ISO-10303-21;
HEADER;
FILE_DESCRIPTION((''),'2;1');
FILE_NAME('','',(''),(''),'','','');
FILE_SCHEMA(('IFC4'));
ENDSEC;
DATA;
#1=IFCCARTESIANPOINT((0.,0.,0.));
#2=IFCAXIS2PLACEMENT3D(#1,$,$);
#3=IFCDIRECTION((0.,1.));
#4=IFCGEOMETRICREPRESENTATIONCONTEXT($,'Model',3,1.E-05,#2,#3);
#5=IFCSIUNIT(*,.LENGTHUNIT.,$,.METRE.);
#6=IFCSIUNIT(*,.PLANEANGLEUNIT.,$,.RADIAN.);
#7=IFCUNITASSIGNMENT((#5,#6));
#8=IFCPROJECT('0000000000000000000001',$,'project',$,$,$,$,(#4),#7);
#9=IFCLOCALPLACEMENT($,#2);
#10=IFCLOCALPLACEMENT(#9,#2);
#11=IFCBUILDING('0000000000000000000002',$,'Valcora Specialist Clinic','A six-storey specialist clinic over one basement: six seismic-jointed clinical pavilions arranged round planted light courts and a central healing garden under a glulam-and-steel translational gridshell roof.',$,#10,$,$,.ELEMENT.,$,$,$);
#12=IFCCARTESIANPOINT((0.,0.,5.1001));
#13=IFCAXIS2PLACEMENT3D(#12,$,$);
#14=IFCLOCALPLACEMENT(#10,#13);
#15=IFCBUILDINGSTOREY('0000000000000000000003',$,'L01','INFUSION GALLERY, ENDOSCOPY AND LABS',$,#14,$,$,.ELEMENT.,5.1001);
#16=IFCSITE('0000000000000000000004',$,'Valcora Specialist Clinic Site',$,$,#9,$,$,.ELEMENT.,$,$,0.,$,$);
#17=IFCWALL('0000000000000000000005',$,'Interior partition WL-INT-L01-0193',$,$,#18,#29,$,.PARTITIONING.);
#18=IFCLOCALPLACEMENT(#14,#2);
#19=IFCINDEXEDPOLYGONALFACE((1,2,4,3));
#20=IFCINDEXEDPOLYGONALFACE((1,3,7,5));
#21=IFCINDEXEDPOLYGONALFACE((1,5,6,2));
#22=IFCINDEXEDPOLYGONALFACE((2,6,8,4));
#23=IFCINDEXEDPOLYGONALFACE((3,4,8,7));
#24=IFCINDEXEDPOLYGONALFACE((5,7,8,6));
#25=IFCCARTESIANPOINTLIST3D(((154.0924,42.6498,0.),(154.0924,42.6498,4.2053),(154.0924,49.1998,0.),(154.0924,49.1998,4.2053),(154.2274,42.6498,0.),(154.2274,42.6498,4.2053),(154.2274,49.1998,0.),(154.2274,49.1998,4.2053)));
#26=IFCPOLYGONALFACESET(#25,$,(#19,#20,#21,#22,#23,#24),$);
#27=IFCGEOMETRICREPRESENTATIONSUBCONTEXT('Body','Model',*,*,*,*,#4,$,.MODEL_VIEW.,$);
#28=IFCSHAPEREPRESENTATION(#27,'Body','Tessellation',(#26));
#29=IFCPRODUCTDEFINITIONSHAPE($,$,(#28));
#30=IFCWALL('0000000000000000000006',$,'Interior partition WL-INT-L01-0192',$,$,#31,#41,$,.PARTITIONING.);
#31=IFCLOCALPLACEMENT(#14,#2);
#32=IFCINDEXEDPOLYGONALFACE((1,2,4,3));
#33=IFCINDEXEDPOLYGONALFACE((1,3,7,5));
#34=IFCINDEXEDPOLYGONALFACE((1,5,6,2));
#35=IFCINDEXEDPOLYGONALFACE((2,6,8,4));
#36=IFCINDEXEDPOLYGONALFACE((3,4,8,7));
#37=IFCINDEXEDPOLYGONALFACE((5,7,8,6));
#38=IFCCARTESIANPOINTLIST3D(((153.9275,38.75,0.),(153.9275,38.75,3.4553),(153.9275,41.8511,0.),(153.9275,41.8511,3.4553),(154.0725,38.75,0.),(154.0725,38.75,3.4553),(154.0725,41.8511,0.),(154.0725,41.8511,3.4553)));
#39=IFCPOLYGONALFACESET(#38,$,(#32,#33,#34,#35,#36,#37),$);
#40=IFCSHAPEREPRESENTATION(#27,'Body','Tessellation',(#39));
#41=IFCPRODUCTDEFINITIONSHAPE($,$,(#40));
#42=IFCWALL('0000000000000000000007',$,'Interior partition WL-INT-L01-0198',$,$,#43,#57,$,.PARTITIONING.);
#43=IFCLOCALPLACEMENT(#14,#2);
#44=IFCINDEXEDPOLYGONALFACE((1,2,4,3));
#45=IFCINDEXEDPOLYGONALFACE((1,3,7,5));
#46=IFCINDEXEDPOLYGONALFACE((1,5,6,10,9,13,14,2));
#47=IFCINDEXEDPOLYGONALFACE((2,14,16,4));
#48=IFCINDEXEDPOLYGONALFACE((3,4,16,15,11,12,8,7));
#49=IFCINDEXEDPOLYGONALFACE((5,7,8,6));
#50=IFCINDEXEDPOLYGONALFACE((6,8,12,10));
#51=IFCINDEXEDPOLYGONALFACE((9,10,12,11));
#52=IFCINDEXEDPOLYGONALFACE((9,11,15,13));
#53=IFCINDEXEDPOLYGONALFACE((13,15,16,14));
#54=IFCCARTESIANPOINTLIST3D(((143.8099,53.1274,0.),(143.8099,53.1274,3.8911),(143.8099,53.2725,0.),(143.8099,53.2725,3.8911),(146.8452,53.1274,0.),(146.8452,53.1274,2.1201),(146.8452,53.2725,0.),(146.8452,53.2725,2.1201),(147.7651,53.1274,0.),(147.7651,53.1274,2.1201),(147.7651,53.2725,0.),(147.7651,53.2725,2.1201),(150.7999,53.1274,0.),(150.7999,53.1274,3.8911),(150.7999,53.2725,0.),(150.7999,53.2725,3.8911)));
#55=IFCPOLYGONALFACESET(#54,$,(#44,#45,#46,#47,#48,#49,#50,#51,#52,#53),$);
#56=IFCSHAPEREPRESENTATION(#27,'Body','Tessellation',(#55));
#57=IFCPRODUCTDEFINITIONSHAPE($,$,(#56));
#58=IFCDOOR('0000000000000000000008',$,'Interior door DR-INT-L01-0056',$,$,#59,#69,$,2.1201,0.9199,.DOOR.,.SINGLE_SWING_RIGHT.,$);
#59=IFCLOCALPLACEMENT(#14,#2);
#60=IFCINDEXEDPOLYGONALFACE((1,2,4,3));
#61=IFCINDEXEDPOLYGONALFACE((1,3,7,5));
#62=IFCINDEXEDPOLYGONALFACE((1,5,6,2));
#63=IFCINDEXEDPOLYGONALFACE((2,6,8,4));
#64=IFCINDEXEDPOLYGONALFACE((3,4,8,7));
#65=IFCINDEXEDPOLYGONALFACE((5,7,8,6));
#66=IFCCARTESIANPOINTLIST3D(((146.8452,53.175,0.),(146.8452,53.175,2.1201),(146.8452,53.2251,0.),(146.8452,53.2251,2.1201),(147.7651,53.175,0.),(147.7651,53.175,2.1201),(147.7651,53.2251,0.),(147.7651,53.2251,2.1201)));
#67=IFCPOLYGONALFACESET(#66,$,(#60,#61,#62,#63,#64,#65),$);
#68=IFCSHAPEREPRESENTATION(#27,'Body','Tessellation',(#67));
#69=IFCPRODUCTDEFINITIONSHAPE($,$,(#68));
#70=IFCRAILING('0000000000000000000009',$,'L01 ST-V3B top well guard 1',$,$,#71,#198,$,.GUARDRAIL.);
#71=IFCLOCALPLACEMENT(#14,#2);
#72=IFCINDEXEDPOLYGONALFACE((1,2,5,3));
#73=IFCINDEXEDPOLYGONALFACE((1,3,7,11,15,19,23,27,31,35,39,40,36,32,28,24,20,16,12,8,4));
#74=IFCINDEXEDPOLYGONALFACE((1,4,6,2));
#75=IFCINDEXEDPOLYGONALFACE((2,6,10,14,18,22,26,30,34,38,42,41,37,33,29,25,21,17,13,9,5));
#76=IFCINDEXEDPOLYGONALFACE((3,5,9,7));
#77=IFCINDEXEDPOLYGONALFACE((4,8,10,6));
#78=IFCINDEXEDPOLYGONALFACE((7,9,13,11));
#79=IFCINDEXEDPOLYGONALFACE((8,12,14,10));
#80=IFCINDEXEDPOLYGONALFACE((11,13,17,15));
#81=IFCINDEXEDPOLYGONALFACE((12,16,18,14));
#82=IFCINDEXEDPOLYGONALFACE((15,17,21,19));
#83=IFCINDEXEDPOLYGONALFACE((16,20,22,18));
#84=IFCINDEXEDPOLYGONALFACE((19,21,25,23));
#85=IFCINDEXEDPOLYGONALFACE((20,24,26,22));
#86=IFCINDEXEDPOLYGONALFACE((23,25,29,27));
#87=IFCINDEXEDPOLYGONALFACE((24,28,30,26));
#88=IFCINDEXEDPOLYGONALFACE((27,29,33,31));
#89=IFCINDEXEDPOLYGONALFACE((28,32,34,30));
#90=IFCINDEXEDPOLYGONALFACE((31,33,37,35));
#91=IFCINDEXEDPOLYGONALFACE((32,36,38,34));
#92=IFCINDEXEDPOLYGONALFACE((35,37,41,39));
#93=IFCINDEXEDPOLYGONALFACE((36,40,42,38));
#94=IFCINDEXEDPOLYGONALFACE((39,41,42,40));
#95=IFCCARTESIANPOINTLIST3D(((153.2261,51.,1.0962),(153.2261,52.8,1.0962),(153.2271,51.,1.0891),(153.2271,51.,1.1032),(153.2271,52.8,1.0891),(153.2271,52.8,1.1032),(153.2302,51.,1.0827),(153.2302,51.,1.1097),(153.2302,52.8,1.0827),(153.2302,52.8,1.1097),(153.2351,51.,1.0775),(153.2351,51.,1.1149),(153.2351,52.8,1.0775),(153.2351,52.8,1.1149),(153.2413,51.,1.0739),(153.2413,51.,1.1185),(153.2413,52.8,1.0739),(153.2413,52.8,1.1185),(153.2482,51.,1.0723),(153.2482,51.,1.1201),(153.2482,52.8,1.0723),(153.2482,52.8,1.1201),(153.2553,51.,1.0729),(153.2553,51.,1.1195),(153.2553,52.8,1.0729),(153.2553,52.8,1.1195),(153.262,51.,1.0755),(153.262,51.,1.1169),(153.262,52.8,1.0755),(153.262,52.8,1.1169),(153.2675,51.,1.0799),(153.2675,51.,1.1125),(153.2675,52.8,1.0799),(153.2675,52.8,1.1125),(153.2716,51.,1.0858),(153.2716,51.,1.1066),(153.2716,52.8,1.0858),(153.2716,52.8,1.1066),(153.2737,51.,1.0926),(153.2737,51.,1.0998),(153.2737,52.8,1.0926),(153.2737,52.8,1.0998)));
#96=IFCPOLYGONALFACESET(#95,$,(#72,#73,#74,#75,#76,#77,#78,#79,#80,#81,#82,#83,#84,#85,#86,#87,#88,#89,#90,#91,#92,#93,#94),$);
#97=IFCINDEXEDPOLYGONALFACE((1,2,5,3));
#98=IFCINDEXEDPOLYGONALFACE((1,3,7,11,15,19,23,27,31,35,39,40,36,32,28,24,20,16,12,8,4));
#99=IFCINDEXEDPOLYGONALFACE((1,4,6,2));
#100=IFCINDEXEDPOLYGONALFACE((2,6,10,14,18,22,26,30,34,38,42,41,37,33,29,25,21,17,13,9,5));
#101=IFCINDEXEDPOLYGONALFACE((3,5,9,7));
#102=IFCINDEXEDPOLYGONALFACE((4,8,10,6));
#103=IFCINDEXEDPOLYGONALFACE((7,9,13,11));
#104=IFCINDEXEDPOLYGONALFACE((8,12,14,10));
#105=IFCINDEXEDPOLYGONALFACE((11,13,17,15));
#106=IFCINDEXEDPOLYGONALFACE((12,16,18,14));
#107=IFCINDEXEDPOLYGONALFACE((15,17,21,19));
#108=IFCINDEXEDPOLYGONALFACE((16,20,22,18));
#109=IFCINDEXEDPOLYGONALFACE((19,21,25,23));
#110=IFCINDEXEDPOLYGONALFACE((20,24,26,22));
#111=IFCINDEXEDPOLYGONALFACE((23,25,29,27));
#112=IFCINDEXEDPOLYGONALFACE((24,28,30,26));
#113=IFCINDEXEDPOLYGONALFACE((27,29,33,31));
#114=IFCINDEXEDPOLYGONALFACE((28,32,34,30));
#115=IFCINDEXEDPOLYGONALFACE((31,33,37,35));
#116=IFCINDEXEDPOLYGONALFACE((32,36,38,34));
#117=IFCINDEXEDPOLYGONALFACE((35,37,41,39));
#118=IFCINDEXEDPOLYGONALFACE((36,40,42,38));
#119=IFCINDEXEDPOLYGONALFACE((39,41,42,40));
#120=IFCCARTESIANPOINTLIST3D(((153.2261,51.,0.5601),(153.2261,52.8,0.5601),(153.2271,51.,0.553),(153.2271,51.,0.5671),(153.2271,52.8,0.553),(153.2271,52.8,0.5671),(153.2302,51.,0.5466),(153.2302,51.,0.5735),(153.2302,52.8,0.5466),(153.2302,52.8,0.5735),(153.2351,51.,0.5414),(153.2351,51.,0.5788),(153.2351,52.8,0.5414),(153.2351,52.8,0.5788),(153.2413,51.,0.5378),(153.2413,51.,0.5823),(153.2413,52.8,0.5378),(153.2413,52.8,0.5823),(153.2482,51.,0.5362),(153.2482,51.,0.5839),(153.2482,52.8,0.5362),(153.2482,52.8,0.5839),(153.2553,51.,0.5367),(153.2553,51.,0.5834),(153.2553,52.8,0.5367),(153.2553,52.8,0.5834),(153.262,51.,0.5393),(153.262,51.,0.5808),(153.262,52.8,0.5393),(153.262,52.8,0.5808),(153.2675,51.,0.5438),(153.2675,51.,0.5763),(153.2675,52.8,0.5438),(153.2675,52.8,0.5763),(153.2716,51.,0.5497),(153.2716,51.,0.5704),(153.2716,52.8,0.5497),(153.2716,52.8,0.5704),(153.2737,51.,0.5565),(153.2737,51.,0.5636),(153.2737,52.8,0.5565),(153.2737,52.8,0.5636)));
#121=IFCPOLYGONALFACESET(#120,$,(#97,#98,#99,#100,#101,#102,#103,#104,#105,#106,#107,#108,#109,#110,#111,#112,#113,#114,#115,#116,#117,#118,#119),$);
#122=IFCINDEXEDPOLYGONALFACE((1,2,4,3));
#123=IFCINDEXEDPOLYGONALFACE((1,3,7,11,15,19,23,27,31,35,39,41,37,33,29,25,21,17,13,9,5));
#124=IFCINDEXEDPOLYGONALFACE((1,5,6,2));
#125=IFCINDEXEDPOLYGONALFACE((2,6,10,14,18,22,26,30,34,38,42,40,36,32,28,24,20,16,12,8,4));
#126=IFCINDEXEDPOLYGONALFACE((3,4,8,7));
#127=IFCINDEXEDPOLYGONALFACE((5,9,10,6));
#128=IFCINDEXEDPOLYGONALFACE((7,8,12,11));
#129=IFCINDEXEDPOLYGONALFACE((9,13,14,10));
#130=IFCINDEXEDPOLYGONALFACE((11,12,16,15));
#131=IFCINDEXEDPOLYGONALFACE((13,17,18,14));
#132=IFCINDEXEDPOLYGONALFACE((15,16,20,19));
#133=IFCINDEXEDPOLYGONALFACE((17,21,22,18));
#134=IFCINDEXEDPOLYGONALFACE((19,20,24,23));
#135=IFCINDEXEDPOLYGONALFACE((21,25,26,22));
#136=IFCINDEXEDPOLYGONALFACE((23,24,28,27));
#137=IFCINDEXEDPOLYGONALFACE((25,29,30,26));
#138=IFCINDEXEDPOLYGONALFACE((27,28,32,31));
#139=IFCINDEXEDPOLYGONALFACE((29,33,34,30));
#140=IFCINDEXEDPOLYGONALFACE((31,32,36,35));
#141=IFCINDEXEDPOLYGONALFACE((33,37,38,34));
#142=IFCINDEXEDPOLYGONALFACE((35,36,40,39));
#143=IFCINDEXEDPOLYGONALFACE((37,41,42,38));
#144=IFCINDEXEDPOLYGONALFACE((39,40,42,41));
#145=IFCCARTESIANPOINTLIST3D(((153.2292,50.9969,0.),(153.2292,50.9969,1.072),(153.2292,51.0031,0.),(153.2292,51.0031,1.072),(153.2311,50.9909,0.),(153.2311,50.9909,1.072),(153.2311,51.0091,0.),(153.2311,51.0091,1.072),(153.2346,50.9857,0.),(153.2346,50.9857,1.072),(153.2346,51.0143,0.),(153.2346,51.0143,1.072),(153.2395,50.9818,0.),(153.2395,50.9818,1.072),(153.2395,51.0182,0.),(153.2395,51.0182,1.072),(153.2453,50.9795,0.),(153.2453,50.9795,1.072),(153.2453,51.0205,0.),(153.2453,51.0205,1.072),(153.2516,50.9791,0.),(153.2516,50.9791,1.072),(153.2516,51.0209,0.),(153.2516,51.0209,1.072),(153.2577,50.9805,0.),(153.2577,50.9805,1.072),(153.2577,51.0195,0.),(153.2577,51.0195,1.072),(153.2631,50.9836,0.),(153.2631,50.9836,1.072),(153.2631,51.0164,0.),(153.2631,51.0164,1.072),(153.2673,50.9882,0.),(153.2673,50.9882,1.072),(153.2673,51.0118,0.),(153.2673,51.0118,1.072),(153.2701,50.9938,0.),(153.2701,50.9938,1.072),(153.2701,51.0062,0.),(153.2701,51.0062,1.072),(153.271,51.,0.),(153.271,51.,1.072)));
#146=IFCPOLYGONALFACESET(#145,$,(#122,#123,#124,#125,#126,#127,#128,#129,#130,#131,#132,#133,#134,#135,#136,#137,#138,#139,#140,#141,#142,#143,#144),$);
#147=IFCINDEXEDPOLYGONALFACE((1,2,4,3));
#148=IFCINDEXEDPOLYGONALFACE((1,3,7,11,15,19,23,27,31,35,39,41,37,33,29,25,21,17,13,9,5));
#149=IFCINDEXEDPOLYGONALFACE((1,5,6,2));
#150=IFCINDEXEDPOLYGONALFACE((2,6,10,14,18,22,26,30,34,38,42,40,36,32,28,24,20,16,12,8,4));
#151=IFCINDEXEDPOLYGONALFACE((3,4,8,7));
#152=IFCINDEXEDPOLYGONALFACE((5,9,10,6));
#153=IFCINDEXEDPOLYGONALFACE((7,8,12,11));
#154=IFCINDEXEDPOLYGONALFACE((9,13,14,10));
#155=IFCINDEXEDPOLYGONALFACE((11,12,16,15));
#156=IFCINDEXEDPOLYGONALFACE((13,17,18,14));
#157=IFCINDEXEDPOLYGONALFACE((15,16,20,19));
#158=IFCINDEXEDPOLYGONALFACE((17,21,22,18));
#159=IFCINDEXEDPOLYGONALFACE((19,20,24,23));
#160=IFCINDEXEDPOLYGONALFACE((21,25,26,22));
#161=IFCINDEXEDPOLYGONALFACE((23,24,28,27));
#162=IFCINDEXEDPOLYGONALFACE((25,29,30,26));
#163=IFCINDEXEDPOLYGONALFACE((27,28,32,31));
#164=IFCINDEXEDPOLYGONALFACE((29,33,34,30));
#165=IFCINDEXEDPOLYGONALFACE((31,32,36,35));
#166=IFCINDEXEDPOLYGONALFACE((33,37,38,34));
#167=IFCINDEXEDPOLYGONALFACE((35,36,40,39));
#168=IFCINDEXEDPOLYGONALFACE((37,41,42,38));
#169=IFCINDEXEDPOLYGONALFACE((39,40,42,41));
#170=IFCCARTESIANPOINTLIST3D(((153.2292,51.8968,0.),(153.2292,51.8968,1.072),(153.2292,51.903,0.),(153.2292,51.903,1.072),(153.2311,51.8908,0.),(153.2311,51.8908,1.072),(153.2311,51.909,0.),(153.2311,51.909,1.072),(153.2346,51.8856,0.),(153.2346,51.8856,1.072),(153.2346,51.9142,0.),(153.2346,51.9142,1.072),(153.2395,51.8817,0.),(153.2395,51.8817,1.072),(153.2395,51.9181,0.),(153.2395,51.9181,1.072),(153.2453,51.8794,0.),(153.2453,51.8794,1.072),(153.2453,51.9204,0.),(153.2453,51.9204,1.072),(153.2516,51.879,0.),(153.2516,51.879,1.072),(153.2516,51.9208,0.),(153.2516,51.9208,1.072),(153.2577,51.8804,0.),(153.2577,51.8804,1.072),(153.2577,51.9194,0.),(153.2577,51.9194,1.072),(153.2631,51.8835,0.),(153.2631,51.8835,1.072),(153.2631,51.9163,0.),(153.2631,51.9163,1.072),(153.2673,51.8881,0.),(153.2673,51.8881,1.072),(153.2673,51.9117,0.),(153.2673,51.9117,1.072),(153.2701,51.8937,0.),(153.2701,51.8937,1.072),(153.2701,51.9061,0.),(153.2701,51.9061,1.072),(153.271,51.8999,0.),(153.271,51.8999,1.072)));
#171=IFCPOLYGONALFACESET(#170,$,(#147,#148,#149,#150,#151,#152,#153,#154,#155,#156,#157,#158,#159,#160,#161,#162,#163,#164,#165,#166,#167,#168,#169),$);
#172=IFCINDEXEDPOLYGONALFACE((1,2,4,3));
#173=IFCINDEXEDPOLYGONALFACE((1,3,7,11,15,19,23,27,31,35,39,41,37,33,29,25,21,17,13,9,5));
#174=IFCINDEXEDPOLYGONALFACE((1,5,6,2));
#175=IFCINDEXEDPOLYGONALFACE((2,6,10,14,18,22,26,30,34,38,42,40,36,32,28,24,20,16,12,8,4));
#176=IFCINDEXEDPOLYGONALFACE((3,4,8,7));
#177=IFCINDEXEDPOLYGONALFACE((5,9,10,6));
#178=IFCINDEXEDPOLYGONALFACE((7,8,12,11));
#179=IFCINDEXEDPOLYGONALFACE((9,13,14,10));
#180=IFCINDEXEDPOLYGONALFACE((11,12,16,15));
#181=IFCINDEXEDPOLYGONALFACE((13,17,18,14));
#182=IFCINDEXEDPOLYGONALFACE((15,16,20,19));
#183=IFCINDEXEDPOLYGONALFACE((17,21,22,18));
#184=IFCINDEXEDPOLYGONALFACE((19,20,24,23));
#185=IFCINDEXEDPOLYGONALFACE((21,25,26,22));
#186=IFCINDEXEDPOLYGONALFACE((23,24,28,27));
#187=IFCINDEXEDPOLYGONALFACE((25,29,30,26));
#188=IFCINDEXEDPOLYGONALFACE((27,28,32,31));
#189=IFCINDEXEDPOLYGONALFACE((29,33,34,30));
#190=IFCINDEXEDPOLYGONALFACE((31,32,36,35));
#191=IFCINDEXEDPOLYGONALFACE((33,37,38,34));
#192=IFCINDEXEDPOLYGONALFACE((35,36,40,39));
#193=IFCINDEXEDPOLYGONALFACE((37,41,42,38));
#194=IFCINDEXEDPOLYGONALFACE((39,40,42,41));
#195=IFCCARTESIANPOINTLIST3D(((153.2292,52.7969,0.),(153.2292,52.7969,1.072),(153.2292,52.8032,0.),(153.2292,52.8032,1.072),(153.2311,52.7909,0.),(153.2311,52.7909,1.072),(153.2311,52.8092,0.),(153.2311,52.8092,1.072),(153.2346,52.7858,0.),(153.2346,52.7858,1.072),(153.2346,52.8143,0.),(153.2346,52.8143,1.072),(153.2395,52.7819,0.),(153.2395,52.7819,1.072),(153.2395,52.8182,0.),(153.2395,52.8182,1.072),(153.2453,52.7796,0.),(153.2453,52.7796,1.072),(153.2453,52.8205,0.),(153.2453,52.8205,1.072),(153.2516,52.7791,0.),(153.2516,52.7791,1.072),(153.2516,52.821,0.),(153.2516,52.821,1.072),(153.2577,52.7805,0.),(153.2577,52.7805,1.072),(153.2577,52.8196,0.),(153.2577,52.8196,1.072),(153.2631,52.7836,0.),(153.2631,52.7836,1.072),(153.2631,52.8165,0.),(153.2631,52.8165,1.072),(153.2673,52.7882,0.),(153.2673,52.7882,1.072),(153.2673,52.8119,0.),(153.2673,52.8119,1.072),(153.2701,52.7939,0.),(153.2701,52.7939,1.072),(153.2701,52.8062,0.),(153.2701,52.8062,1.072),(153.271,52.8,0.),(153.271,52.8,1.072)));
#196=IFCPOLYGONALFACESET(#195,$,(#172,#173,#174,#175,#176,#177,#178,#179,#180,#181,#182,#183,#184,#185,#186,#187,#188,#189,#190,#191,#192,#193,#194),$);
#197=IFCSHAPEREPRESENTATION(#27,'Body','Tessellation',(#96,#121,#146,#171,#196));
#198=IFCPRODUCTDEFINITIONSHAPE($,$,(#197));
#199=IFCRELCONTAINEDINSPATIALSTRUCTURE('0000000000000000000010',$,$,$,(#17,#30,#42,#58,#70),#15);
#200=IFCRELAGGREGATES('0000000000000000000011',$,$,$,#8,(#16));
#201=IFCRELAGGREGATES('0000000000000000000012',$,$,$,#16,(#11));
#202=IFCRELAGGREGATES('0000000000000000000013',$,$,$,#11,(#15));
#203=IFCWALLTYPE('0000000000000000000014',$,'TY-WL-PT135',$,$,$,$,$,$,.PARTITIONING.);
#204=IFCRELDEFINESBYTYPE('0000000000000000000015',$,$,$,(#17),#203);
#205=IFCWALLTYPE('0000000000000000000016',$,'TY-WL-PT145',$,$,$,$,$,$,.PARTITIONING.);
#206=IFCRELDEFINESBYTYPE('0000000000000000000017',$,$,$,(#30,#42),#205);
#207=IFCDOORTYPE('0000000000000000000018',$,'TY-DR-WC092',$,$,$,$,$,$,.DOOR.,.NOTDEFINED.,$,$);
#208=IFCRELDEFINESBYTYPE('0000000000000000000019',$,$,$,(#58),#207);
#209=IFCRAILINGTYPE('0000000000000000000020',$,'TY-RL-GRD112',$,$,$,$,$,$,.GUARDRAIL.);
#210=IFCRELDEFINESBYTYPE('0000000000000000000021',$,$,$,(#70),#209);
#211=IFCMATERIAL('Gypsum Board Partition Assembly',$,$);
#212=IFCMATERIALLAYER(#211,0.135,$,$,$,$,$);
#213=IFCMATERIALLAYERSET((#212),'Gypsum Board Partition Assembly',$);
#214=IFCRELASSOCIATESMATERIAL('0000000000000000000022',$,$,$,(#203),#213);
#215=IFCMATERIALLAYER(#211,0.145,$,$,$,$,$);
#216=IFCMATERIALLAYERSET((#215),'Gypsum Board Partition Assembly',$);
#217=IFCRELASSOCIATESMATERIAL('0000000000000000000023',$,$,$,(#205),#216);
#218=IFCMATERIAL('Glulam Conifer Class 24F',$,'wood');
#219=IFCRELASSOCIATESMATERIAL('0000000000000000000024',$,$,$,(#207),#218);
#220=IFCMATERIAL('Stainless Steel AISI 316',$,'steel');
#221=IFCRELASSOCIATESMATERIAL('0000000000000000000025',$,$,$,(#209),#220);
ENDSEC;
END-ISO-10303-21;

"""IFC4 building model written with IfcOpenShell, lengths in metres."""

from ifc_helpers import new_model, si_unit, direction, frame, frame_2d, origin, origin_2d, place, context, subcontext, project, spatial, rectangle, circle, extrude, material, layer, layer_set, type_object, element, fill, save


model = new_model("IFC4")

# Units and contexts
model_context = context("Model", 3, precision=1e-05, world=origin(), true_north=direction((0.0, 1.0)))
body_context = subcontext(model_context, "Body", "Model", "MODEL_VIEW")
ifc_project = project(units=[si_unit("LENGTHUNIT", "METRE"), si_unit("PLANEANGLEUNIT", "RADIAN")], contexts=[model_context])

# Site, building, storey
site_placement = place(None, origin())
site = spatial("IfcSite", under=ifc_project, at=site_placement, Name="Valcora Specialist Clinic Site", CompositionType="ELEMENT", RefElevation=0.0)
building_placement = place(site_placement, origin())
building = spatial("IfcBuilding", under=site, at=building_placement, Name="Valcora Specialist Clinic", Description="A six-storey specialist clinic over one basement: six seismic-jointed clinical pavilions arranged round planted light courts and a central healing garden under a glulam-and-steel translational gridshell roof.", CompositionType="ELEMENT")
storey_placement = place(building_placement, frame((0.0, 0.0, 5.1001)))
storey = spatial("IfcBuildingStorey", under=building, at=storey_placement, Name="L01", Description="INFUSION GALLERY, ENDOSCOPY AND LABS", CompositionType="ELEMENT", Elevation=5.1001)

# Walls
ifc_material_1 = material(Name="Gypsum Board Partition Assembly")
ifc_layer_1 = layer(ifc_material_1, 0.135)
ifc_layer_set_1 = layer_set([ifc_layer_1], Name="Gypsum Board Partition Assembly")
wall_type_1 = type_object("IfcWallType", Name="TY-WL-PT135", PredefinedType="PARTITIONING", material=ifc_layer_set_1)
wall_1_placement = place(storey_placement, frame((154.1599, 42.6499, 0.0), z_axis=(0.0, 0.0, 1.0), x_axis=(0.0, 1.0, 0.0)))
element("IfcWall", 1, at=wall_1_placement, inside=storey, type_object=wall_type_1, Name="Interior partition WL-INT-L01-0193", PredefinedType="PARTITIONING", context=body_context, shape_type="SweptSolid", body=[
    extrude(rectangle(XDim=6.55, YDim=0.135, at=frame_2d((3.2749, 0.0))), origin(), (0.0, 0.0, 1.0), 4.2053),
])
ifc_layer_2 = layer(ifc_material_1, 0.145)
ifc_layer_set_2 = layer_set([ifc_layer_2], Name="Gypsum Board Partition Assembly")
wall_type_2 = type_object("IfcWallType", Name="TY-WL-PT145", PredefinedType="PARTITIONING", material=ifc_layer_set_2)
wall_2_placement = place(storey_placement, frame((154.0, 38.75, 0.0), z_axis=(0.0, 0.0, 1.0), x_axis=(0.0, 1.0, 0.0)))
element("IfcWall", 2, at=wall_2_placement, inside=storey, type_object=wall_type_2, Name="Interior partition WL-INT-L01-0192", PredefinedType="PARTITIONING", context=body_context, shape_type="SweptSolid", body=[
    extrude(rectangle(XDim=3.1011, YDim=0.145, at=frame_2d((1.5505, 0.0))), origin(), (0.0, 0.0, 1.0), 3.4553),
])

# Wall, opening, door
wall_3_placement = place(storey_placement, frame((150.8, 53.2, 0.0), z_axis=(0.0, 0.0, 1.0), x_axis=(-1.0, 0.0, 0.0)))
wall_3 = element("IfcWall", 3, at=wall_3_placement, inside=storey, type_object=wall_type_2, Name="Interior partition WL-INT-L01-0198", PredefinedType="PARTITIONING", context=body_context, shape_type="SweptSolid", body=[
    extrude(rectangle(XDim=6.99, YDim=0.145, at=frame_2d((3.4951, 0.0))), origin(), (0.0, 0.0, 1.0), 3.8911),
])
opening_1_placement = place(wall_3_placement, frame((3.0349, 0.0, 0.0)))
opening_1 = element("IfcOpeningElement", 4, at=opening_1_placement, cuts=wall_3, PredefinedType="OPENING", context=body_context, shape_type="SweptSolid", body=[
    extrude(rectangle(XDim=0.9199, YDim=2.1201, at=frame_2d((0.46, 1.0601))), frame((0.0, 0.0825, 0.0), z_axis=(0.0, -1.0, 0.0), x_axis=(1.0, 0.0, 0.0)), (0.0, 0.0, 1.0), 0.165),
])
ifc_material_2 = material(Name="Glulam Conifer Class 24F", Category="wood")
door_type_1 = type_object("IfcDoorType", Name="TY-DR-WC092", OperationType="NOTDEFINED", PredefinedType="DOOR", material=ifc_material_2)
door_1_placement = place(opening_1_placement, origin())
door_1 = element("IfcDoor", 5, at=door_1_placement, inside=storey, type_object=door_type_1, Name="Interior door DR-INT-L01-0056", OperationType="SINGLE_SWING_RIGHT", OverallHeight=2.1201, OverallWidth=0.9199, PredefinedType="DOOR", context=body_context, shape_type="SweptSolid", body=[
    extrude(rectangle(XDim=0.9199, YDim=2.1201, at=frame_2d((0.46, 1.0601))), frame((0.0, 0.0249, 0.0), z_axis=(0.0, -1.0, 0.0), x_axis=(1.0, 0.0, 0.0)), (0.0, 0.0, 1.0), 0.05),
])
fill(opening_1, door_1)

# Railing
ifc_material_3 = material(Name="Stainless Steel AISI 316", Category="steel")
railing_type_1 = type_object("IfcRailingType", Name="TY-RL-GRD112", PredefinedType="GUARDRAIL", material=ifc_material_3)
railing_1_placement = place(storey_placement, frame((153.25, 51.0, 0.0)))
element("IfcRailing", 6, at=railing_1_placement, inside=storey, type_object=railing_type_1, Name="L01 ST-V3B top well guard 1", PredefinedType="GUARDRAIL", context=body_context, shape_type="SweptSolid", body=[
    extrude(circle(Radius=0.0239, at=origin_2d()), frame((0.0, 0.0, 1.0962), z_axis=(0.0, 1.0, 0.0), x_axis=(-1.0, 0.0, 0.0)), (0.0, 0.0, 1.0), 1.8),
    extrude(circle(Radius=0.0239, at=origin_2d()), frame((0.0, 0.0, 0.5601), z_axis=(0.0, 1.0, 0.0), x_axis=(-1.0, 0.0, 0.0)), (0.0, 0.0, 1.0), 1.8),
    extrude(circle(Radius=0.021, at=origin_2d()), origin(), (0.0, 0.0, 1.0), 1.072),
    extrude(circle(Radius=0.021, at=origin_2d()), frame((0.0, 0.8999, 0.0)), (0.0, 0.0, 1.0), 1.072),
    extrude(circle(Radius=0.021, at=origin_2d()), frame((0.0, 1.8, 0.0)), (0.0, 0.0, 1.0), 1.072),
])

save(model, "model.ifc")
